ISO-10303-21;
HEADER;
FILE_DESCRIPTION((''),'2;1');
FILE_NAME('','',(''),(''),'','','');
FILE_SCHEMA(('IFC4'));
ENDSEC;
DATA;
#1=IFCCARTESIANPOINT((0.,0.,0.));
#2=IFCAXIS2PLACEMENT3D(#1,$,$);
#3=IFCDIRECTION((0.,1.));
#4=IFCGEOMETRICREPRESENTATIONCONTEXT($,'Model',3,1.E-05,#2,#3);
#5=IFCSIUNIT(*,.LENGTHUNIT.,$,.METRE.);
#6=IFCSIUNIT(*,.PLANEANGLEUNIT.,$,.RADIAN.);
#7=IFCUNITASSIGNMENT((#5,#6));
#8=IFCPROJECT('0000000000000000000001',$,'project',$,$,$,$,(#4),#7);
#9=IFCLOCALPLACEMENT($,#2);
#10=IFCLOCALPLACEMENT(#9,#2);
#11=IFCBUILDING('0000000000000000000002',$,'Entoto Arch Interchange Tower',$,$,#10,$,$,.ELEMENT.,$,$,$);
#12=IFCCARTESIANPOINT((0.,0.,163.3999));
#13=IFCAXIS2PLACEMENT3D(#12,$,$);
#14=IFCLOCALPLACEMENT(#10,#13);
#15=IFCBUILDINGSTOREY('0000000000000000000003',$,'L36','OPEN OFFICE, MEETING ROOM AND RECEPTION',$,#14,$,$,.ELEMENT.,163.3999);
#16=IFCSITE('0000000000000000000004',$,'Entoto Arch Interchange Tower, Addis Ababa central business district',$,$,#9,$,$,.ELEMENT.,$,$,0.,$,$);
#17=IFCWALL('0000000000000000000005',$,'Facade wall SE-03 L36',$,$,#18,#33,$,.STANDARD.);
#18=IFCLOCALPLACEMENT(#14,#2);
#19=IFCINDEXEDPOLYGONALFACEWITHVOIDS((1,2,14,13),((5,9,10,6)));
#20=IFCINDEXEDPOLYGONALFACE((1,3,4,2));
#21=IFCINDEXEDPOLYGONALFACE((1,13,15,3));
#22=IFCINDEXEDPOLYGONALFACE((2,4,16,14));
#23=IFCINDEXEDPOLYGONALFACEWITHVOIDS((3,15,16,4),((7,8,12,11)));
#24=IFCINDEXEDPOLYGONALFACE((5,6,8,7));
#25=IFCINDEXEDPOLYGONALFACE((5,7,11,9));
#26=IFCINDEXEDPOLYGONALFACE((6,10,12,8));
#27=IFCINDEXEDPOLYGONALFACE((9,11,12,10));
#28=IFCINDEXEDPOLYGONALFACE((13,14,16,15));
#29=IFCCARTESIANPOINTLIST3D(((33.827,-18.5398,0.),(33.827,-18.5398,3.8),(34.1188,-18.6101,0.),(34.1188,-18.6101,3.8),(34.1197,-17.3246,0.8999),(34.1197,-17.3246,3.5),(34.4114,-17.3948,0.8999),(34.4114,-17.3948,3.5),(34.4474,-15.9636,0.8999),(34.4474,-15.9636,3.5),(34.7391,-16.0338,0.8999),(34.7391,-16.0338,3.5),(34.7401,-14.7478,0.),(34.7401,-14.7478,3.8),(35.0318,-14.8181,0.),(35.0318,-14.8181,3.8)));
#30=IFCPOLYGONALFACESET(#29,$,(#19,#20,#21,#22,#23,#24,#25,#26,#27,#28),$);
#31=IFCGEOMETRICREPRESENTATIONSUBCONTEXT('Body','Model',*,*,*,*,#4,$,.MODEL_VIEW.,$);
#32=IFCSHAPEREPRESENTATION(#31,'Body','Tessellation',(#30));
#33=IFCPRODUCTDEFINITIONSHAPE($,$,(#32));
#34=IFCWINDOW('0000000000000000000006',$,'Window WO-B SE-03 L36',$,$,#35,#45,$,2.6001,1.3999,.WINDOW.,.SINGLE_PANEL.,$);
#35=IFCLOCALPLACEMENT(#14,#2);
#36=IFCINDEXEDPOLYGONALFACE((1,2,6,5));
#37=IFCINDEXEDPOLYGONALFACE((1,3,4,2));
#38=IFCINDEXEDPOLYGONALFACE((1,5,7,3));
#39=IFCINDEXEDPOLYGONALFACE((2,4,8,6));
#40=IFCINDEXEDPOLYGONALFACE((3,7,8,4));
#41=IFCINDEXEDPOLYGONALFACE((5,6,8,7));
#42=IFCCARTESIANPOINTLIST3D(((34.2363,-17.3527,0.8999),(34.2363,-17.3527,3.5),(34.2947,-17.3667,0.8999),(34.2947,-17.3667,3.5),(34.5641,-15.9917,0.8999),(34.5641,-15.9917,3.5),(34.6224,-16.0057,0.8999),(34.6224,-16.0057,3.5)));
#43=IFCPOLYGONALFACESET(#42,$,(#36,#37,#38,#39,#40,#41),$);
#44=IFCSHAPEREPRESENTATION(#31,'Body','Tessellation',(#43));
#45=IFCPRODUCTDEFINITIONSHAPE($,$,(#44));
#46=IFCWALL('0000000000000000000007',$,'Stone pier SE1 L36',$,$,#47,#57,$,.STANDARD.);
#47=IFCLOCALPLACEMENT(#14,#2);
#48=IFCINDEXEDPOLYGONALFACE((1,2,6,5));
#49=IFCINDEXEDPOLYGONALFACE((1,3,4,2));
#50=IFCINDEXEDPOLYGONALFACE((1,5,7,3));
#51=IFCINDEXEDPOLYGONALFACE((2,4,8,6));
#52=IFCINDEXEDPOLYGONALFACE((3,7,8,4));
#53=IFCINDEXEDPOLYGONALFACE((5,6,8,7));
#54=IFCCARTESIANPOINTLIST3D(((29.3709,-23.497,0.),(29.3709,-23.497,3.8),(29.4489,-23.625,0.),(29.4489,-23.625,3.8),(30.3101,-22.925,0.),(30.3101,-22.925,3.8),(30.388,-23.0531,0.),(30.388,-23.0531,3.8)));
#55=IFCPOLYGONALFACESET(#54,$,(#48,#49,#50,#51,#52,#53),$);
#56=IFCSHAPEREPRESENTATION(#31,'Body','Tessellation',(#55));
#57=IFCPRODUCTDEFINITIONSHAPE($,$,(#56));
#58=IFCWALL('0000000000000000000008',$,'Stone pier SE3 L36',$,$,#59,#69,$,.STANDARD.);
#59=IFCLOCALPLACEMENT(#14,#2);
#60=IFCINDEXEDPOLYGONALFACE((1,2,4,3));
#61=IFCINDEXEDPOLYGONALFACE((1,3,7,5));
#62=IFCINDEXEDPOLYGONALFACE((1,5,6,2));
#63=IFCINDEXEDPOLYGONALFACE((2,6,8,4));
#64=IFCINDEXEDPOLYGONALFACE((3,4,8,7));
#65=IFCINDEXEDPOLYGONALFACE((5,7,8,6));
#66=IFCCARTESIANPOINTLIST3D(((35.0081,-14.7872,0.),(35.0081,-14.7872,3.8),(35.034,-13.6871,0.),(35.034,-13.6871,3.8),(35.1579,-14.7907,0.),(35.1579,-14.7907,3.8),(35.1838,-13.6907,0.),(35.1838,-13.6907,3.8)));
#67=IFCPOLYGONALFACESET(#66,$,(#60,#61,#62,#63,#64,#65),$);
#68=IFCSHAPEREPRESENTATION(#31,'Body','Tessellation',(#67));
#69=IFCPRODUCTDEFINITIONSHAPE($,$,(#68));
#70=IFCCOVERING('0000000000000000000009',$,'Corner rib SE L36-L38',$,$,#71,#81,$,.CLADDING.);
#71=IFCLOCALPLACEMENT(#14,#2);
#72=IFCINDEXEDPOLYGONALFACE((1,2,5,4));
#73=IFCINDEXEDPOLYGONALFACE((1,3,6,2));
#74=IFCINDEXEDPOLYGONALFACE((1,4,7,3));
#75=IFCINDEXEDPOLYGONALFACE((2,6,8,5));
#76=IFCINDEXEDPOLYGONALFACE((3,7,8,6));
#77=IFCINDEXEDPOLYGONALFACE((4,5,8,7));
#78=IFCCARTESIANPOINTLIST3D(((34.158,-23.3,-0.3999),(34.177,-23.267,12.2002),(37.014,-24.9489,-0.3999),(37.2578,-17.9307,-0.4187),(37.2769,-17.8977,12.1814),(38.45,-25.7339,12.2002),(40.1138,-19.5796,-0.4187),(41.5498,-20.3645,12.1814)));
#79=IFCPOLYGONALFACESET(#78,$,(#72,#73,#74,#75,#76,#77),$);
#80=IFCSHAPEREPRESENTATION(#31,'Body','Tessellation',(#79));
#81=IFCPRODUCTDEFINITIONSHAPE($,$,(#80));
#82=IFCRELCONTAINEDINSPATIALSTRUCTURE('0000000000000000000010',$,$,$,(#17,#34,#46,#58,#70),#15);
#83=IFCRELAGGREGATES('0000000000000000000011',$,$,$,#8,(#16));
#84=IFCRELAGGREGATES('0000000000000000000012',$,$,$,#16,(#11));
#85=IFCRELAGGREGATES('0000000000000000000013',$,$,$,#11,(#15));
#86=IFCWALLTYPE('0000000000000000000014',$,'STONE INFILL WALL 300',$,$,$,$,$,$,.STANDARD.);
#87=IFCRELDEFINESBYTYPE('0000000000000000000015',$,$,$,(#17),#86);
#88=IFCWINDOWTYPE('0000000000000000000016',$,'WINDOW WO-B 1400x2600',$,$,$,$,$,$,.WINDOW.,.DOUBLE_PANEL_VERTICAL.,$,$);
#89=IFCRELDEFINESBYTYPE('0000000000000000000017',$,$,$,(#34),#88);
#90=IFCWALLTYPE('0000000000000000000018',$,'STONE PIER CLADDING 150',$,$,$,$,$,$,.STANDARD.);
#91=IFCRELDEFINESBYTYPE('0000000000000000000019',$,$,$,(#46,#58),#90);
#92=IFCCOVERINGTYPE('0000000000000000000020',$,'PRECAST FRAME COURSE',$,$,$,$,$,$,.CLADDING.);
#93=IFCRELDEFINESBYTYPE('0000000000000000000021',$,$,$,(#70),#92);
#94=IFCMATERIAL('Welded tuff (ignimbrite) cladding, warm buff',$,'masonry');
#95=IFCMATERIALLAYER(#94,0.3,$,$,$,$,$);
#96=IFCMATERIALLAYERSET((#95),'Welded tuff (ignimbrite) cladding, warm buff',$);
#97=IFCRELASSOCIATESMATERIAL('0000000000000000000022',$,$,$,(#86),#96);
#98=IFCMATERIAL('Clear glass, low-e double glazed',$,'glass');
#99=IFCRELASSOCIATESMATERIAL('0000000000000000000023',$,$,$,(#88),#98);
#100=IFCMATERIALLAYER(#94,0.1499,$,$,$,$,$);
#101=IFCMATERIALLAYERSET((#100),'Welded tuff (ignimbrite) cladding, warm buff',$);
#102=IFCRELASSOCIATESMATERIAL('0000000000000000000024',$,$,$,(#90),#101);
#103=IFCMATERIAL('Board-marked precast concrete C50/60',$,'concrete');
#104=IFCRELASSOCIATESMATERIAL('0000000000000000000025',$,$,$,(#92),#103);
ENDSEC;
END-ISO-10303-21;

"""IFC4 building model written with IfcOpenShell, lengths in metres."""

from ifc_helpers import new_model, si_unit, direction, frame, frame_2d, origin, place, context, subcontext, project, spatial, polyline, rectangle, outline, extrude, material, layer, layer_set, type_object, element, fill, save


model = new_model("IFC4")

# Units and contexts
model_context = context("Model", 3, precision=1e-05, world=origin(), true_north=direction((0.0, 1.0)))
body_context = subcontext(model_context, "Body", "Model", "MODEL_VIEW")
ifc_project = project(units=[si_unit("LENGTHUNIT", "METRE"), si_unit("PLANEANGLEUNIT", "RADIAN")], contexts=[model_context])

# Site, building, storey
site_placement = place(None, origin())
site = spatial("IfcSite", under=ifc_project, at=site_placement, Name="Entoto Arch Interchange Tower, Addis Ababa central business district", CompositionType="ELEMENT", RefElevation=0.0)
building_placement = place(site_placement, origin())
building = spatial("IfcBuilding", under=site, at=building_placement, Name="Entoto Arch Interchange Tower", CompositionType="ELEMENT")
storey_placement = place(building_placement, frame((0.0, 0.0, 163.3999)))
storey = spatial("IfcBuildingStorey", under=building, at=storey_placement, Name="L36", Description="OPEN OFFICE, MEETING ROOM AND RECEPTION", CompositionType="ELEMENT", Elevation=163.3999)

# Wall, opening, window
ifc_material_1 = material(Name="Welded tuff (ignimbrite) cladding, warm buff", Category="masonry")
ifc_layer_1 = layer(ifc_material_1, 0.3)
ifc_layer_set_1 = layer_set([ifc_layer_1], Name="Welded tuff (ignimbrite) cladding, warm buff")
wall_type_1 = type_object("IfcWallType", Name="STONE INFILL WALL 300", PredefinedType="STANDARD", material=ifc_layer_set_1)
ifc_material_2 = material(Name="Clear glass, low-e double glazed", Category="glass")
window_type = type_object("IfcWindowType", Name="WINDOW WO-B 1400x2600", PartitioningType="DOUBLE_PANEL_VERTICAL", PredefinedType="WINDOW", material=ifc_material_2)
wall_1_placement = place(storey_placement, frame((33.9729, -18.575, 0.0), z_axis=(0.0, 0.0, 1.0), x_axis=(0.234102, 0.972212, 0.0)))
wall_1 = element("IfcWall", 1, at=wall_1_placement, inside=storey, type_object=wall_type_1, Name="Facade wall SE-03 L36", PredefinedType="STANDARD", context=body_context, shape_type="SweptSolid", body=[
    extrude(rectangle(XDim=3.9004, YDim=0.3, at=frame_2d((1.9502, 0.0))), origin(), (0.0, 0.0, 1.0), 3.8),
])
opening_1_placement = place(wall_1_placement, frame((1.25, 0.0, 0.8999)))
opening_1 = element("IfcOpeningElement", 2, at=opening_1_placement, cuts=wall_1, PredefinedType="OPENING", context=body_context, shape_type="SweptSolid", body=[
    extrude(rectangle(XDim=1.3999, YDim=2.6001, at=frame_2d((0.7, 1.3))), frame((0.0, 0.1602, 0.0), z_axis=(0.0, -1.0, 0.0), x_axis=(1.0, 0.0, 0.0)), (0.0, 0.0, 1.0), 0.3201),
])
window_1_placement = place(opening_1_placement, origin())
window_1 = element("IfcWindow", 3, at=window_1_placement, inside=storey, type_object=window_type, Name="Window WO-B SE-03 L36", OverallHeight=2.6001, OverallWidth=1.3999, PartitioningType="SINGLE_PANEL", PredefinedType="WINDOW", context=body_context, shape_type="SweptSolid", body=[
    extrude(rectangle(XDim=1.3999, YDim=2.6001, at=frame_2d((0.7, 1.3))), frame((0.0, 0.03, 0.0), z_axis=(0.0, -1.0, 0.0), x_axis=(1.0, 0.0, 0.0)), (0.0, 0.0, 1.0), 0.0601),
])
fill(opening_1, window_1)

# Walls
ifc_layer_2 = layer(ifc_material_1, 0.1499)
ifc_layer_set_2 = layer_set([ifc_layer_2], Name="Welded tuff (ignimbrite) cladding, warm buff")
wall_type_2 = type_object("IfcWallType", Name="STONE PIER CLADDING 150", PredefinedType="STANDARD", material=ifc_layer_set_2)
wall_2_placement = place(storey_placement, frame((29.4099, -23.561, 0.0), z_axis=(0.0, 0.0, 1.0), x_axis=(0.854066, 0.520165, 0.0)))
element("IfcWall", 4, at=wall_2_placement, inside=storey, type_object=wall_type_2, Name="Stone pier SE1 L36", PredefinedType="STANDARD", context=body_context, shape_type="SweptSolid", body=[
    extrude(rectangle(XDim=1.0996, YDim=0.1499, at=frame_2d((0.5498, 0.0))), origin(), (0.0, 0.0, 1.0), 3.8),
])
wall_3_placement = place(storey_placement, frame((35.083, -14.7891, 0.0), z_axis=(0.0, 0.0, 1.0), x_axis=(0.023518, 0.999723, 0.0)))
element("IfcWall", 5, at=wall_3_placement, inside=storey, type_object=wall_type_2, Name="Stone pier SE3 L36", PredefinedType="STANDARD", context=body_context, shape_type="SweptSolid", body=[
    extrude(rectangle(XDim=1.1003, YDim=0.1499, at=frame_2d((0.5503, 0.0))), origin(), (0.0, 0.0, 1.0), 3.8),
])

# Covering
ifc_material_3 = material(Name="Board-marked precast concrete C50/60", Category="concrete")
covering_type = type_object("IfcCoveringType", Name="PRECAST FRAME COURSE", PredefinedType="CLADDING", material=ifc_material_3)
covering_placement = place(storey_placement, frame((34.158, -23.3, -0.3999), z_axis=(-0.499984, -0.866029, 0.003028), x_axis=(0.866033, -0.499986, 0.0)))
element("IfcCovering", 6, at=covering_placement, inside=storey, type_object=covering_type, Name="Corner rib SE L36-L38", PredefinedType="CLADDING", context=body_context, shape_type="SweptSolid", body=[
    extrude(outline(polyline([(0.0, 0.0), (3.2978, 0.0), (4.9339, 12.6002), (0.0, 12.6002), (0.0, 0.0)])), origin(), (0.0, 0.0, -1.0), 6.2),
])

save(model, "model.ifc")
